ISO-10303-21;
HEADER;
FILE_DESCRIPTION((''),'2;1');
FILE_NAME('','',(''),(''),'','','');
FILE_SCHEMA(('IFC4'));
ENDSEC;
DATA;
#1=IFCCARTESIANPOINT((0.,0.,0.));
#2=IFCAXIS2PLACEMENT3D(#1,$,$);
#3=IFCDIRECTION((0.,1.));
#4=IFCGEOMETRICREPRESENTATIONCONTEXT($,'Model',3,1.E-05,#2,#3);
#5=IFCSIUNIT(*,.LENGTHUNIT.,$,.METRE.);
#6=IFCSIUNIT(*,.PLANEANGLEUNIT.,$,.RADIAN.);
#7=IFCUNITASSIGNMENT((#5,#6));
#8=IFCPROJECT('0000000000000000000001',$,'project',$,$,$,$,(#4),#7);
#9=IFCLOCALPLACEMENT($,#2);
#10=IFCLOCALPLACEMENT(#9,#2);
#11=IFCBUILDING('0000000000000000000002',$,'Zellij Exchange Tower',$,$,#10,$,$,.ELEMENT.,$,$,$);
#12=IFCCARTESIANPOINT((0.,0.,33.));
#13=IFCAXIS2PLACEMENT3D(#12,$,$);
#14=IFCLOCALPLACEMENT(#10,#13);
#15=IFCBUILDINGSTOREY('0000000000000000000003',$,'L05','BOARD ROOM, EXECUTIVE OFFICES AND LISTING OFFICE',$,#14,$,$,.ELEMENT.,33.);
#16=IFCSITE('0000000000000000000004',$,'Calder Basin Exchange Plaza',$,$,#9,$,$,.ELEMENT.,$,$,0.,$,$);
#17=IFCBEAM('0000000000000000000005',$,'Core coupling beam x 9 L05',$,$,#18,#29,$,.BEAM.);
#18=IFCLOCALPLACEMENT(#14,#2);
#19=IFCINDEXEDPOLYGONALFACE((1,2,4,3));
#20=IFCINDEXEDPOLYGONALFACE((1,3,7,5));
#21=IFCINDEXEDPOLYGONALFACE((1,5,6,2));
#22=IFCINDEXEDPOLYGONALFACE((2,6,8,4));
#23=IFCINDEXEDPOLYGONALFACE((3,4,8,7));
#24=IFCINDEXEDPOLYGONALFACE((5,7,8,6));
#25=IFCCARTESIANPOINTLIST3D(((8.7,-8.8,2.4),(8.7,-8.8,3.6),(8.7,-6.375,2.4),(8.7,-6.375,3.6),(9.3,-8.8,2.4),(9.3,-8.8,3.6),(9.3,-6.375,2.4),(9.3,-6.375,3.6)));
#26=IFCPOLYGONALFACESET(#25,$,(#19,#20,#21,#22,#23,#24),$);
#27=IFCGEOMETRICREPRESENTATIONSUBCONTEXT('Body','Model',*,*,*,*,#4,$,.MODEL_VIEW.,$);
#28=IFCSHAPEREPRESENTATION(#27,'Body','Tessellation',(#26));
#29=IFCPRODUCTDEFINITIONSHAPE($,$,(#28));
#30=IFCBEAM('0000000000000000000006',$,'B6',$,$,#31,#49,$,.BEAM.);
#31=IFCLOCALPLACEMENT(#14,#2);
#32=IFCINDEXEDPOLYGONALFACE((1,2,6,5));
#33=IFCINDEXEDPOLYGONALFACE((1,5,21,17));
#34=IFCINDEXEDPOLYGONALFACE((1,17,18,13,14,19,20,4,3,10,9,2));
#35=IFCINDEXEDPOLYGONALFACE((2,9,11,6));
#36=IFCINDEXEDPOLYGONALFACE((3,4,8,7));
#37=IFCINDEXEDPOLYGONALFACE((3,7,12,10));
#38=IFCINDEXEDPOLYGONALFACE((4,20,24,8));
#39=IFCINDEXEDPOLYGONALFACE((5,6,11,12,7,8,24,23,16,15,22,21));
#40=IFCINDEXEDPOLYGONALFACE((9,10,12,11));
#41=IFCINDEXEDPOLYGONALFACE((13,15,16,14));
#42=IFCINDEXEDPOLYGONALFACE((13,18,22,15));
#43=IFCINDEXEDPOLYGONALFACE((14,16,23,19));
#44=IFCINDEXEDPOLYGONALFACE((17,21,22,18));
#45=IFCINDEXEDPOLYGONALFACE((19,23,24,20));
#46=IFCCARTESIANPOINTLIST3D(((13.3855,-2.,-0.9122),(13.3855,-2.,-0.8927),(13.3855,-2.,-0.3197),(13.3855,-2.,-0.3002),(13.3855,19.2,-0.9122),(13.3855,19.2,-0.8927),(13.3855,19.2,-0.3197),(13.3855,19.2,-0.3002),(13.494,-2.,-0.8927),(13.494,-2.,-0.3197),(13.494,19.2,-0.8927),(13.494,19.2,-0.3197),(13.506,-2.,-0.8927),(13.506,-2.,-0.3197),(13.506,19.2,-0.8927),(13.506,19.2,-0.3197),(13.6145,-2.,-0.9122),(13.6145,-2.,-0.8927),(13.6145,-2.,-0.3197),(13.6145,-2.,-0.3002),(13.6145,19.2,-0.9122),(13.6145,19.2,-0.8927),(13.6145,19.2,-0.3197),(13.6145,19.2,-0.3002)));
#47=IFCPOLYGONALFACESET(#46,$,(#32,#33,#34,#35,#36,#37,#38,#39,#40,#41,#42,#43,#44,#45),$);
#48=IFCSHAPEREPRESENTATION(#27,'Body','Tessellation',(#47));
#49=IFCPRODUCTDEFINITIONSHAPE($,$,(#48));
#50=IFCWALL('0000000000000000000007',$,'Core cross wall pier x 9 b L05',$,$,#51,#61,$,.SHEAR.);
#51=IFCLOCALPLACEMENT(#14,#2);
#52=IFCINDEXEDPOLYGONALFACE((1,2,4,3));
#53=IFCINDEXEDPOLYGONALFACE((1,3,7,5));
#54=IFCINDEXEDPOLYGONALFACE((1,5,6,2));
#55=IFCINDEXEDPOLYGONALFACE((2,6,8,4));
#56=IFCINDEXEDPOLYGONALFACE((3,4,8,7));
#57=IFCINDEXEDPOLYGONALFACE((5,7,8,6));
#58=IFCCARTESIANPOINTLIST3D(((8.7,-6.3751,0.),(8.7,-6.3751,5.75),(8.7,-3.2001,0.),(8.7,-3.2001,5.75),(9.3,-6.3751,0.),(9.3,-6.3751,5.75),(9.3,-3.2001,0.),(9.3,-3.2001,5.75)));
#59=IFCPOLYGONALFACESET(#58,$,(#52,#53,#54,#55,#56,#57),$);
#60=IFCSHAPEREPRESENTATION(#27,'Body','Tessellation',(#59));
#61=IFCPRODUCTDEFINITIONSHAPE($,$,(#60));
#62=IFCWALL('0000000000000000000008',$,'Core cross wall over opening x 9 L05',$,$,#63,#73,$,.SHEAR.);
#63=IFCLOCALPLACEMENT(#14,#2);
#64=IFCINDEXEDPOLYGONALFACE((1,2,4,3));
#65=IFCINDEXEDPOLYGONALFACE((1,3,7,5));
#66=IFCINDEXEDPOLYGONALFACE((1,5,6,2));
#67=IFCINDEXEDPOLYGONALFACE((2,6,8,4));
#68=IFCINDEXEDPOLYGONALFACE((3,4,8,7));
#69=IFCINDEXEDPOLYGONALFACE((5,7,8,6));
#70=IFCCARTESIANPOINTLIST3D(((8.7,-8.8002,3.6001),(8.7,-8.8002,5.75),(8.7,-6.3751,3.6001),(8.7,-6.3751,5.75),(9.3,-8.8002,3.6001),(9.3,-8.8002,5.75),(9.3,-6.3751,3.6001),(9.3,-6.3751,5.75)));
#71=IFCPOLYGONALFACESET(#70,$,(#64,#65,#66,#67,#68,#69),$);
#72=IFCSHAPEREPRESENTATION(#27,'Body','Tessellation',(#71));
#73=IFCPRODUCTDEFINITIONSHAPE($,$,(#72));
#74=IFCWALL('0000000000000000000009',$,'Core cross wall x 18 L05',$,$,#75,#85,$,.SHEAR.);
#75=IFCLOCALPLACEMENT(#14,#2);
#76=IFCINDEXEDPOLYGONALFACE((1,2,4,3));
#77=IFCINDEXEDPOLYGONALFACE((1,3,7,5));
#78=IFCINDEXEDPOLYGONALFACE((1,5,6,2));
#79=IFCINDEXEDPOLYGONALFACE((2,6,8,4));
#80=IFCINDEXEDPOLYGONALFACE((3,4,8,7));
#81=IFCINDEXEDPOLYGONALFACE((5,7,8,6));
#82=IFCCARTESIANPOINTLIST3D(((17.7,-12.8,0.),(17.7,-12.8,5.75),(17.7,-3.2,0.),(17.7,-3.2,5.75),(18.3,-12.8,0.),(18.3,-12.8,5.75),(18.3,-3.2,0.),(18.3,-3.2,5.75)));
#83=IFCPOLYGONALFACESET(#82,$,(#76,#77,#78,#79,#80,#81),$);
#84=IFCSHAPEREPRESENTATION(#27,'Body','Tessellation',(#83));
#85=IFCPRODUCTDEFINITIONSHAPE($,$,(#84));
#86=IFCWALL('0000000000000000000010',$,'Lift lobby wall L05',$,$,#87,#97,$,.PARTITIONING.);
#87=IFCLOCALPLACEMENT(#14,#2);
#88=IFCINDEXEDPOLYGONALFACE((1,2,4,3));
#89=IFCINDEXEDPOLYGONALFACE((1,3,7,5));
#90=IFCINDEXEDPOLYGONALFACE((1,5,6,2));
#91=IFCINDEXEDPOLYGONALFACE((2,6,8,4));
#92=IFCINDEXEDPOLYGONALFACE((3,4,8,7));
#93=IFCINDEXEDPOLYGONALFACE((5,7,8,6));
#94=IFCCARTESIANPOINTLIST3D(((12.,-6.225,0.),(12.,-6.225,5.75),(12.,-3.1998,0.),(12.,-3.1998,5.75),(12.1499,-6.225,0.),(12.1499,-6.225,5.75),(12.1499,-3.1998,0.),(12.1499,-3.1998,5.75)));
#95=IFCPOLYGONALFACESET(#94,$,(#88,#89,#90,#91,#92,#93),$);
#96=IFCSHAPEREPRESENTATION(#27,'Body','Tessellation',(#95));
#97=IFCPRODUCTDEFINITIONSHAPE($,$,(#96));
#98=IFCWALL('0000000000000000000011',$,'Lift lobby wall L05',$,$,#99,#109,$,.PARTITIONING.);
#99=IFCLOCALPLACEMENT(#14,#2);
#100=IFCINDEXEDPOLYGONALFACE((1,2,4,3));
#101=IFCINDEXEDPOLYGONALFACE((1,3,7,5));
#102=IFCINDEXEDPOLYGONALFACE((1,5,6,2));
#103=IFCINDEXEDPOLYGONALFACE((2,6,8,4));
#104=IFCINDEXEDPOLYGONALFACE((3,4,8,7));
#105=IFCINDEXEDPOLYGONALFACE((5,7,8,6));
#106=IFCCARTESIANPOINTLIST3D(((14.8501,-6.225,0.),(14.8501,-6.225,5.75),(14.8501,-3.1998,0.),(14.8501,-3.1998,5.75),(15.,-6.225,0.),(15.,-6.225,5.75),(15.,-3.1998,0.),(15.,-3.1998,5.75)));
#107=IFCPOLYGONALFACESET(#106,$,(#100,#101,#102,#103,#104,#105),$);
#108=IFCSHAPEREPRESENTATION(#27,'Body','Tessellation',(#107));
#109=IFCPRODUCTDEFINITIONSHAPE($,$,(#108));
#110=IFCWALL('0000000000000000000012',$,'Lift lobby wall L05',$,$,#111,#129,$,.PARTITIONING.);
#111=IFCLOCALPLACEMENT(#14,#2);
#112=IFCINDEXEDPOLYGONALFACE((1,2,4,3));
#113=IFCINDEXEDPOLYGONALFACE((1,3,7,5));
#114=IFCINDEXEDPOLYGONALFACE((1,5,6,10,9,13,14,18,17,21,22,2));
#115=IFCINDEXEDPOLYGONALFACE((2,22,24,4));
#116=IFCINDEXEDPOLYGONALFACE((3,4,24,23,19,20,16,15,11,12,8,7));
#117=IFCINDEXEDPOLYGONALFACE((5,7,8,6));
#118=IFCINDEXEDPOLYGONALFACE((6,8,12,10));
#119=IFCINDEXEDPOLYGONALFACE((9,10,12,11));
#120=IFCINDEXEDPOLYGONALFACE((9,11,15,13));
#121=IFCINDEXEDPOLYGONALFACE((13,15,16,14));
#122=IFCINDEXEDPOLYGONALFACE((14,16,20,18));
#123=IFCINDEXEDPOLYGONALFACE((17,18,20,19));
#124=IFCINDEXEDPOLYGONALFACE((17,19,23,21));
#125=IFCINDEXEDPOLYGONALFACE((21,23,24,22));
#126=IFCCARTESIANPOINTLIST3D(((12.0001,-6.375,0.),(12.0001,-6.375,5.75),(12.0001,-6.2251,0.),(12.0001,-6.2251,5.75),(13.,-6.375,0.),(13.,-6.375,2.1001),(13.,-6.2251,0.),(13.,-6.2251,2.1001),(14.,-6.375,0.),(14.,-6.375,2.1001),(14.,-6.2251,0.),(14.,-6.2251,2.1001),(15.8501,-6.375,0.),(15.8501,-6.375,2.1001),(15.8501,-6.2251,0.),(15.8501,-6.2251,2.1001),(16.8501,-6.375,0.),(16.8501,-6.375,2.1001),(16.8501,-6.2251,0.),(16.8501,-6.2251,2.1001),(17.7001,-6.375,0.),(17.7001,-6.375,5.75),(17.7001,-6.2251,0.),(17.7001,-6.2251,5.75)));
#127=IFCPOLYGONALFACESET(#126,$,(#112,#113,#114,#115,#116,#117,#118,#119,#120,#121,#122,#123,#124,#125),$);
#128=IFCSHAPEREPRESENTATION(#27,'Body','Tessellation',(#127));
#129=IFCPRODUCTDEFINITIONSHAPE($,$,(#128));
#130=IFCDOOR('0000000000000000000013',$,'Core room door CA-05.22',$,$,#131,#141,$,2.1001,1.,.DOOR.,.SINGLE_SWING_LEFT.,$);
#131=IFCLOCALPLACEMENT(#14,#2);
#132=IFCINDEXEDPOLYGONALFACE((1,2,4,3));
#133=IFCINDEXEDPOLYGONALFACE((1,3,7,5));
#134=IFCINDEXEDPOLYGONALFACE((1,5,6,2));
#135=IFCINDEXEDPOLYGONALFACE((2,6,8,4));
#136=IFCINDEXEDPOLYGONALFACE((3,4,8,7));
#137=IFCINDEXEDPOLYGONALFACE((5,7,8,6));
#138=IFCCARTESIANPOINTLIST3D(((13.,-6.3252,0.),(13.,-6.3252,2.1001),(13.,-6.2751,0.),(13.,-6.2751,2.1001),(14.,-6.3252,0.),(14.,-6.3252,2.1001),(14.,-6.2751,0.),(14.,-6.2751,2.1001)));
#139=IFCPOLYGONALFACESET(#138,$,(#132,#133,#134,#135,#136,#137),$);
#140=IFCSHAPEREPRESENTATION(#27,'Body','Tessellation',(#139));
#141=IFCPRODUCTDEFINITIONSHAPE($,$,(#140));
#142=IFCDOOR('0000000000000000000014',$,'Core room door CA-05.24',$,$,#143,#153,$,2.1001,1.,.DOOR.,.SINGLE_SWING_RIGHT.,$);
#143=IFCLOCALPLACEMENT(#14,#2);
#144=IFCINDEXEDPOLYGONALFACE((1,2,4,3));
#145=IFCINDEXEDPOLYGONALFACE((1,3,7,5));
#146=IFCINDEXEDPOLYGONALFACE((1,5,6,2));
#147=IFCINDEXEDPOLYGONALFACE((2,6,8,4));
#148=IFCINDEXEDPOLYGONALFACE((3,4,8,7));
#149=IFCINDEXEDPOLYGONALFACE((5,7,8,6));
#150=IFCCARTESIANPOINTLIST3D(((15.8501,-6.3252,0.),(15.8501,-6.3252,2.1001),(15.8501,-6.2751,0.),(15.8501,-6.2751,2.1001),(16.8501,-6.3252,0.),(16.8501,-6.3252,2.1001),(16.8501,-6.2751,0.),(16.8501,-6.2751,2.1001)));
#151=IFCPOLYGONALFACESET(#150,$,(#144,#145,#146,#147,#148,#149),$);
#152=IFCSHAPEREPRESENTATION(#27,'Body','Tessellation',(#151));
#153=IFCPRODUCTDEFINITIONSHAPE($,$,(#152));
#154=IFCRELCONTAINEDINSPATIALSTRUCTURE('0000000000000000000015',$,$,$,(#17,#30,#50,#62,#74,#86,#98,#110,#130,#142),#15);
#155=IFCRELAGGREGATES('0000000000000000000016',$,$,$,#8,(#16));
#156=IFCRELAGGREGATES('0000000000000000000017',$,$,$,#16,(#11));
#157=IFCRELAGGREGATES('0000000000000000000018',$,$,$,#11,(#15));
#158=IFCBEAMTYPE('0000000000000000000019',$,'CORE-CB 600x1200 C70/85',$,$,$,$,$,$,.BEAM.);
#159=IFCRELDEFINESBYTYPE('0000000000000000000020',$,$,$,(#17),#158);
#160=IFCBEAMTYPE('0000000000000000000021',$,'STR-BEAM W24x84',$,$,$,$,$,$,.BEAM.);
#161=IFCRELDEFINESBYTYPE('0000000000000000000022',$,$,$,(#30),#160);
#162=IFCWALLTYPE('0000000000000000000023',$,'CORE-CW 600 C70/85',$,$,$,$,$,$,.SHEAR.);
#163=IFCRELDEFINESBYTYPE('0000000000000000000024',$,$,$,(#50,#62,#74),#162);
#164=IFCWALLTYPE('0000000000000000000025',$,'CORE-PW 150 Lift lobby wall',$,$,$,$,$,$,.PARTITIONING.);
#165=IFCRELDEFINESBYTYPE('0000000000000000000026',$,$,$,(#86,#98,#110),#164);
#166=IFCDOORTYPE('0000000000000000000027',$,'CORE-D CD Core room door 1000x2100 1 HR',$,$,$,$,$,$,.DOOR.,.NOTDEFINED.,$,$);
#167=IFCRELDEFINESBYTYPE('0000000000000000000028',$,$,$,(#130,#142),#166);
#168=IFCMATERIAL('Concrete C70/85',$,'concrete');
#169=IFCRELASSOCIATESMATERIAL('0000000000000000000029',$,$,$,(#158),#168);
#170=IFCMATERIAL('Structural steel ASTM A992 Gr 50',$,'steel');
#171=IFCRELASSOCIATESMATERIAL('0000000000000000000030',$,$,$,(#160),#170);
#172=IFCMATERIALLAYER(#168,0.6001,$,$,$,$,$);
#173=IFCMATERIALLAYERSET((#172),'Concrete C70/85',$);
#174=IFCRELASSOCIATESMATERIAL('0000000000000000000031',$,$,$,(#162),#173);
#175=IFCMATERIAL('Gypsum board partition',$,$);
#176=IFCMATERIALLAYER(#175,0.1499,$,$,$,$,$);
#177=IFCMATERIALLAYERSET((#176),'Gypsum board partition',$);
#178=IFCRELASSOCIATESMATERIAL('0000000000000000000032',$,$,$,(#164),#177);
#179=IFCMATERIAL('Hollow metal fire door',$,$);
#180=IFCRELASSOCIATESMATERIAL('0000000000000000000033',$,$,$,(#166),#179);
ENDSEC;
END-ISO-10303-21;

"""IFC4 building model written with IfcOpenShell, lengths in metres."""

from ifc_helpers import new_model, si_unit, direction, frame, frame_2d, origin, origin_2d, place, context, subcontext, project, spatial, rectangle, i_section, extrude, material, layer, layer_set, material_profile, profile_set, type_object, element, fill, save


model = new_model("IFC4")

# Units and contexts
model_context = context("Model", 3, precision=1e-05, world=origin(), true_north=direction((0.0, 1.0)))
body_context = subcontext(model_context, "Body", "Model", "MODEL_VIEW")
ifc_project = project(units=[si_unit("LENGTHUNIT", "METRE"), si_unit("PLANEANGLEUNIT", "RADIAN")], contexts=[model_context])

# Site, building, storey
site_placement = place(None, origin())
site = spatial("IfcSite", under=ifc_project, at=site_placement, Name="Calder Basin Exchange Plaza", CompositionType="ELEMENT", RefElevation=0.0)
building_placement = place(site_placement, origin())
building = spatial("IfcBuilding", under=site, at=building_placement, Name="Zellij Exchange Tower", CompositionType="ELEMENT")
storey_placement = place(building_placement, frame((0.0, 0.0, 33.0)))
storey = spatial("IfcBuildingStorey", under=building, at=storey_placement, Name="L05", Description="BOARD ROOM, EXECUTIVE OFFICES AND LISTING OFFICE", CompositionType="ELEMENT", Elevation=33.0)

# Beams
ifc_material_1 = material(Name="Concrete C70/85", Category="concrete")
ifc_material_profile_1 = material_profile(ifc_material_1, rectangle(XDim=0.6001, YDim=1.2, at=origin_2d()), Name="CORE-CB 600x1200 C70/85")
ifc_profile_set_1 = profile_set([ifc_material_profile_1], Name="Concrete C70/85")
beam_type_1 = type_object("IfcBeamType", Name="CORE-CB 600x1200 C70/85", PredefinedType="BEAM", material=ifc_profile_set_1)
beam_1_placement = place(storey_placement, frame((9.0, -8.8, 3.0), z_axis=(0.0, 1.0, 0.0), x_axis=(-1.0, 0.0, 0.0)))
element("IfcBeam", 1, at=beam_1_placement, inside=storey, type_object=beam_type_1, Name="Core coupling beam x 9 L05", PredefinedType="BEAM", context=body_context, shape_type="SweptSolid", body=[
    extrude(rectangle(XDim=0.6001, YDim=1.2, at=origin_2d()), origin(), (0.0, 0.0, 1.0), 2.425),
])
ifc_material_2 = material(Name="Structural steel ASTM A992 Gr 50", Category="steel")
ifc_material_profile_2 = material_profile(ifc_material_2, i_section(OverallWidth=0.229, OverallDepth=0.6121, WebThickness=0.012, FlangeThickness=0.0195, at=origin_2d()), Name="W24x84")
ifc_profile_set_2 = profile_set([ifc_material_profile_2], Name="Structural steel ASTM A992 Gr 50")
beam_type_2 = type_object("IfcBeamType", Name="STR-BEAM W24x84", PredefinedType="BEAM", material=ifc_profile_set_2)
beam_2_placement = place(storey_placement, frame((13.5, -2.0, -0.6062), z_axis=(0.0, 1.0, 0.0), x_axis=(-1.0, 0.0, 0.0)))
element("IfcBeam", 2, at=beam_2_placement, inside=storey, type_object=beam_type_2, Name="B6", PredefinedType="BEAM", context=body_context, shape_type="SweptSolid", body=[
    extrude(i_section(OverallWidth=0.229, OverallDepth=0.6121, WebThickness=0.012, FlangeThickness=0.0195, at=origin_2d()), origin(), (0.0, 0.0, 1.0), 21.2),
])

# Walls
ifc_layer_1 = layer(ifc_material_1, 0.6001)
ifc_layer_set_1 = layer_set([ifc_layer_1], Name="Concrete C70/85")
wall_type_1 = type_object("IfcWallType", Name="CORE-CW 600 C70/85", PredefinedType="SHEAR", material=ifc_layer_set_1)
wall_1_placement = place(storey_placement, frame((9.0, -6.375, 0.0), z_axis=(0.0, 0.0, 1.0), x_axis=(0.0, 1.0, 0.0)))
element("IfcWall", 3, at=wall_1_placement, inside=storey, type_object=wall_type_1, Name="Core cross wall pier x 9 b L05", PredefinedType="SHEAR", context=body_context, shape_type="SweptSolid", body=[
    extrude(rectangle(XDim=3.175, YDim=0.6001, at=frame_2d((1.5874, 0.0))), origin(), (0.0, 0.0, 1.0), 5.75),
])
wall_2_placement = place(storey_placement, frame((9.0, -8.8, 3.6001), z_axis=(0.0, 0.0, 1.0), x_axis=(0.0, 1.0, 0.0)))
element("IfcWall", 4, at=wall_2_placement, inside=storey, type_object=wall_type_1, Name="Core cross wall over opening x 9 L05", PredefinedType="SHEAR", context=body_context, shape_type="SweptSolid", body=[
    extrude(rectangle(XDim=2.425, YDim=0.6001, at=frame_2d((1.2124, 0.0))), origin(), (0.0, 0.0, 1.0), 2.1499),
])
wall_3_placement = place(storey_placement, frame((18.0, -12.8, 0.0), z_axis=(0.0, 0.0, 1.0), x_axis=(0.0, 1.0, 0.0)))
element("IfcWall", 5, at=wall_3_placement, inside=storey, type_object=wall_type_1, Name="Core cross wall x 18 L05", PredefinedType="SHEAR", context=body_context, shape_type="SweptSolid", body=[
    extrude(rectangle(XDim=9.6001, YDim=0.6001, at=frame_2d((4.8, 0.0))), origin(), (0.0, 0.0, 1.0), 5.75),
])
ifc_material_3 = material(Name="Gypsum board partition")
ifc_layer_2 = layer(ifc_material_3, 0.1499)
ifc_layer_set_2 = layer_set([ifc_layer_2], Name="Gypsum board partition")
wall_type_2 = type_object("IfcWallType", Name="CORE-PW 150 Lift lobby wall", PredefinedType="PARTITIONING", material=ifc_layer_set_2)
for number, where, z_axis, x_axis, name in (
    (6, (12.075, -6.2251, 0.0), (0.0, 0.0, 1.0), (0.0, 1.0, 0.0), "Lift lobby wall L05"),
    (7, (14.925, -6.2251, 0.0), (0.0, 0.0, 1.0), (0.0, 1.0, 0.0), "Lift lobby wall L05"),
):
    element("IfcWall", number, at=place(storey_placement, frame(where, z_axis=z_axis, x_axis=x_axis)), inside=storey, type_object=wall_type_2, Name=name, PredefinedType="PARTITIONING", context=body_context, shape_type="SweptSolid", body=[
        extrude(rectangle(XDim=3.0251, YDim=0.1499, at=frame_2d((1.5127, 0.0))), origin(), (0.0, 0.0, 1.0), 5.75),
    ])

# Wall, openings, doors
wall_4_placement = place(storey_placement, frame((12.0, -6.3, 0.0), z_axis=(0.0, 0.0, 1.0), x_axis=(1.0, 0.0, 0.0)))
wall_4 = element("IfcWall", 8, at=wall_4_placement, inside=storey, type_object=wall_type_2, Name="Lift lobby wall L05", PredefinedType="PARTITIONING", context=body_context, shape_type="SweptSolid", body=[
    extrude(rectangle(XDim=5.7, YDim=0.1499, at=frame_2d((2.8501, 0.0))), origin(), (0.0, 0.0, 1.0), 5.75),
])
opening_1_placement = place(wall_4_placement, frame((1.0, 0.0, 0.0)))
opening_1 = element("IfcOpeningElement", 9, at=opening_1_placement, cuts=wall_4, PredefinedType="OPENING", context=body_context, shape_type="SweptSolid", body=[
    extrude(rectangle(XDim=1.0, YDim=2.1001, at=frame_2d((0.5, 1.05))), frame((0.0, 0.0869, 0.0), z_axis=(0.0, -1.0, 0.0), x_axis=(1.0, 0.0, 0.0)), (0.0, 0.0, 1.0), 0.1738),
])
opening_2_placement = place(wall_4_placement, frame((3.8501, 0.0, 0.0)))
opening_2 = element("IfcOpeningElement", 10, at=opening_2_placement, cuts=wall_4, PredefinedType="OPENING", context=body_context, shape_type="SweptSolid", body=[
    extrude(rectangle(XDim=1.0, YDim=2.1001, at=frame_2d((0.5, 1.05))), frame((0.0, 0.0869, 0.0), z_axis=(0.0, -1.0, 0.0), x_axis=(1.0, 0.0, 0.0)), (0.0, 0.0, 1.0), 0.1738),
])
ifc_material_4 = material(Name="Hollow metal fire door")
door_type_1 = type_object("IfcDoorType", Name="CORE-D CD Core room door 1000x2100 1 HR", OperationType="NOTDEFINED", PredefinedType="DOOR", material=ifc_material_4)
door_1_placement = place(opening_1_placement, origin())
door_1 = element("IfcDoor", 11, at=door_1_placement, inside=storey, type_object=door_type_1, Name="Core room door CA-05.22", OperationType="SINGLE_SWING_LEFT", OverallHeight=2.1001, OverallWidth=1.0, PredefinedType="DOOR", context=body_context, shape_type="SweptSolid", body=[
    extrude(rectangle(XDim=1.0, YDim=2.1001, at=frame_2d((0.5, 1.05))), frame((0.0, 0.0249, 0.0), z_axis=(0.0, -1.0, 0.0), x_axis=(1.0, 0.0, 0.0)), (0.0, 0.0, 1.0), 0.05),
])
fill(opening_1, door_1)
door_2_placement = place(opening_2_placement, origin())
door_2 = element("IfcDoor", 12, at=door_2_placement, inside=storey, type_object=door_type_1, Name="Core room door CA-05.24", OperationType="SINGLE_SWING_RIGHT", OverallHeight=2.1001, OverallWidth=1.0, PredefinedType="DOOR", context=body_context, shape_type="SweptSolid", body=[
    extrude(rectangle(XDim=1.0, YDim=2.1001, at=frame_2d((0.5, 1.05))), frame((0.0, 0.0249, 0.0), z_axis=(0.0, -1.0, 0.0), x_axis=(1.0, 0.0, 0.0)), (0.0, 0.0, 1.0), 0.05),
])
fill(opening_2, door_2)

save(model, "model.ifc")
